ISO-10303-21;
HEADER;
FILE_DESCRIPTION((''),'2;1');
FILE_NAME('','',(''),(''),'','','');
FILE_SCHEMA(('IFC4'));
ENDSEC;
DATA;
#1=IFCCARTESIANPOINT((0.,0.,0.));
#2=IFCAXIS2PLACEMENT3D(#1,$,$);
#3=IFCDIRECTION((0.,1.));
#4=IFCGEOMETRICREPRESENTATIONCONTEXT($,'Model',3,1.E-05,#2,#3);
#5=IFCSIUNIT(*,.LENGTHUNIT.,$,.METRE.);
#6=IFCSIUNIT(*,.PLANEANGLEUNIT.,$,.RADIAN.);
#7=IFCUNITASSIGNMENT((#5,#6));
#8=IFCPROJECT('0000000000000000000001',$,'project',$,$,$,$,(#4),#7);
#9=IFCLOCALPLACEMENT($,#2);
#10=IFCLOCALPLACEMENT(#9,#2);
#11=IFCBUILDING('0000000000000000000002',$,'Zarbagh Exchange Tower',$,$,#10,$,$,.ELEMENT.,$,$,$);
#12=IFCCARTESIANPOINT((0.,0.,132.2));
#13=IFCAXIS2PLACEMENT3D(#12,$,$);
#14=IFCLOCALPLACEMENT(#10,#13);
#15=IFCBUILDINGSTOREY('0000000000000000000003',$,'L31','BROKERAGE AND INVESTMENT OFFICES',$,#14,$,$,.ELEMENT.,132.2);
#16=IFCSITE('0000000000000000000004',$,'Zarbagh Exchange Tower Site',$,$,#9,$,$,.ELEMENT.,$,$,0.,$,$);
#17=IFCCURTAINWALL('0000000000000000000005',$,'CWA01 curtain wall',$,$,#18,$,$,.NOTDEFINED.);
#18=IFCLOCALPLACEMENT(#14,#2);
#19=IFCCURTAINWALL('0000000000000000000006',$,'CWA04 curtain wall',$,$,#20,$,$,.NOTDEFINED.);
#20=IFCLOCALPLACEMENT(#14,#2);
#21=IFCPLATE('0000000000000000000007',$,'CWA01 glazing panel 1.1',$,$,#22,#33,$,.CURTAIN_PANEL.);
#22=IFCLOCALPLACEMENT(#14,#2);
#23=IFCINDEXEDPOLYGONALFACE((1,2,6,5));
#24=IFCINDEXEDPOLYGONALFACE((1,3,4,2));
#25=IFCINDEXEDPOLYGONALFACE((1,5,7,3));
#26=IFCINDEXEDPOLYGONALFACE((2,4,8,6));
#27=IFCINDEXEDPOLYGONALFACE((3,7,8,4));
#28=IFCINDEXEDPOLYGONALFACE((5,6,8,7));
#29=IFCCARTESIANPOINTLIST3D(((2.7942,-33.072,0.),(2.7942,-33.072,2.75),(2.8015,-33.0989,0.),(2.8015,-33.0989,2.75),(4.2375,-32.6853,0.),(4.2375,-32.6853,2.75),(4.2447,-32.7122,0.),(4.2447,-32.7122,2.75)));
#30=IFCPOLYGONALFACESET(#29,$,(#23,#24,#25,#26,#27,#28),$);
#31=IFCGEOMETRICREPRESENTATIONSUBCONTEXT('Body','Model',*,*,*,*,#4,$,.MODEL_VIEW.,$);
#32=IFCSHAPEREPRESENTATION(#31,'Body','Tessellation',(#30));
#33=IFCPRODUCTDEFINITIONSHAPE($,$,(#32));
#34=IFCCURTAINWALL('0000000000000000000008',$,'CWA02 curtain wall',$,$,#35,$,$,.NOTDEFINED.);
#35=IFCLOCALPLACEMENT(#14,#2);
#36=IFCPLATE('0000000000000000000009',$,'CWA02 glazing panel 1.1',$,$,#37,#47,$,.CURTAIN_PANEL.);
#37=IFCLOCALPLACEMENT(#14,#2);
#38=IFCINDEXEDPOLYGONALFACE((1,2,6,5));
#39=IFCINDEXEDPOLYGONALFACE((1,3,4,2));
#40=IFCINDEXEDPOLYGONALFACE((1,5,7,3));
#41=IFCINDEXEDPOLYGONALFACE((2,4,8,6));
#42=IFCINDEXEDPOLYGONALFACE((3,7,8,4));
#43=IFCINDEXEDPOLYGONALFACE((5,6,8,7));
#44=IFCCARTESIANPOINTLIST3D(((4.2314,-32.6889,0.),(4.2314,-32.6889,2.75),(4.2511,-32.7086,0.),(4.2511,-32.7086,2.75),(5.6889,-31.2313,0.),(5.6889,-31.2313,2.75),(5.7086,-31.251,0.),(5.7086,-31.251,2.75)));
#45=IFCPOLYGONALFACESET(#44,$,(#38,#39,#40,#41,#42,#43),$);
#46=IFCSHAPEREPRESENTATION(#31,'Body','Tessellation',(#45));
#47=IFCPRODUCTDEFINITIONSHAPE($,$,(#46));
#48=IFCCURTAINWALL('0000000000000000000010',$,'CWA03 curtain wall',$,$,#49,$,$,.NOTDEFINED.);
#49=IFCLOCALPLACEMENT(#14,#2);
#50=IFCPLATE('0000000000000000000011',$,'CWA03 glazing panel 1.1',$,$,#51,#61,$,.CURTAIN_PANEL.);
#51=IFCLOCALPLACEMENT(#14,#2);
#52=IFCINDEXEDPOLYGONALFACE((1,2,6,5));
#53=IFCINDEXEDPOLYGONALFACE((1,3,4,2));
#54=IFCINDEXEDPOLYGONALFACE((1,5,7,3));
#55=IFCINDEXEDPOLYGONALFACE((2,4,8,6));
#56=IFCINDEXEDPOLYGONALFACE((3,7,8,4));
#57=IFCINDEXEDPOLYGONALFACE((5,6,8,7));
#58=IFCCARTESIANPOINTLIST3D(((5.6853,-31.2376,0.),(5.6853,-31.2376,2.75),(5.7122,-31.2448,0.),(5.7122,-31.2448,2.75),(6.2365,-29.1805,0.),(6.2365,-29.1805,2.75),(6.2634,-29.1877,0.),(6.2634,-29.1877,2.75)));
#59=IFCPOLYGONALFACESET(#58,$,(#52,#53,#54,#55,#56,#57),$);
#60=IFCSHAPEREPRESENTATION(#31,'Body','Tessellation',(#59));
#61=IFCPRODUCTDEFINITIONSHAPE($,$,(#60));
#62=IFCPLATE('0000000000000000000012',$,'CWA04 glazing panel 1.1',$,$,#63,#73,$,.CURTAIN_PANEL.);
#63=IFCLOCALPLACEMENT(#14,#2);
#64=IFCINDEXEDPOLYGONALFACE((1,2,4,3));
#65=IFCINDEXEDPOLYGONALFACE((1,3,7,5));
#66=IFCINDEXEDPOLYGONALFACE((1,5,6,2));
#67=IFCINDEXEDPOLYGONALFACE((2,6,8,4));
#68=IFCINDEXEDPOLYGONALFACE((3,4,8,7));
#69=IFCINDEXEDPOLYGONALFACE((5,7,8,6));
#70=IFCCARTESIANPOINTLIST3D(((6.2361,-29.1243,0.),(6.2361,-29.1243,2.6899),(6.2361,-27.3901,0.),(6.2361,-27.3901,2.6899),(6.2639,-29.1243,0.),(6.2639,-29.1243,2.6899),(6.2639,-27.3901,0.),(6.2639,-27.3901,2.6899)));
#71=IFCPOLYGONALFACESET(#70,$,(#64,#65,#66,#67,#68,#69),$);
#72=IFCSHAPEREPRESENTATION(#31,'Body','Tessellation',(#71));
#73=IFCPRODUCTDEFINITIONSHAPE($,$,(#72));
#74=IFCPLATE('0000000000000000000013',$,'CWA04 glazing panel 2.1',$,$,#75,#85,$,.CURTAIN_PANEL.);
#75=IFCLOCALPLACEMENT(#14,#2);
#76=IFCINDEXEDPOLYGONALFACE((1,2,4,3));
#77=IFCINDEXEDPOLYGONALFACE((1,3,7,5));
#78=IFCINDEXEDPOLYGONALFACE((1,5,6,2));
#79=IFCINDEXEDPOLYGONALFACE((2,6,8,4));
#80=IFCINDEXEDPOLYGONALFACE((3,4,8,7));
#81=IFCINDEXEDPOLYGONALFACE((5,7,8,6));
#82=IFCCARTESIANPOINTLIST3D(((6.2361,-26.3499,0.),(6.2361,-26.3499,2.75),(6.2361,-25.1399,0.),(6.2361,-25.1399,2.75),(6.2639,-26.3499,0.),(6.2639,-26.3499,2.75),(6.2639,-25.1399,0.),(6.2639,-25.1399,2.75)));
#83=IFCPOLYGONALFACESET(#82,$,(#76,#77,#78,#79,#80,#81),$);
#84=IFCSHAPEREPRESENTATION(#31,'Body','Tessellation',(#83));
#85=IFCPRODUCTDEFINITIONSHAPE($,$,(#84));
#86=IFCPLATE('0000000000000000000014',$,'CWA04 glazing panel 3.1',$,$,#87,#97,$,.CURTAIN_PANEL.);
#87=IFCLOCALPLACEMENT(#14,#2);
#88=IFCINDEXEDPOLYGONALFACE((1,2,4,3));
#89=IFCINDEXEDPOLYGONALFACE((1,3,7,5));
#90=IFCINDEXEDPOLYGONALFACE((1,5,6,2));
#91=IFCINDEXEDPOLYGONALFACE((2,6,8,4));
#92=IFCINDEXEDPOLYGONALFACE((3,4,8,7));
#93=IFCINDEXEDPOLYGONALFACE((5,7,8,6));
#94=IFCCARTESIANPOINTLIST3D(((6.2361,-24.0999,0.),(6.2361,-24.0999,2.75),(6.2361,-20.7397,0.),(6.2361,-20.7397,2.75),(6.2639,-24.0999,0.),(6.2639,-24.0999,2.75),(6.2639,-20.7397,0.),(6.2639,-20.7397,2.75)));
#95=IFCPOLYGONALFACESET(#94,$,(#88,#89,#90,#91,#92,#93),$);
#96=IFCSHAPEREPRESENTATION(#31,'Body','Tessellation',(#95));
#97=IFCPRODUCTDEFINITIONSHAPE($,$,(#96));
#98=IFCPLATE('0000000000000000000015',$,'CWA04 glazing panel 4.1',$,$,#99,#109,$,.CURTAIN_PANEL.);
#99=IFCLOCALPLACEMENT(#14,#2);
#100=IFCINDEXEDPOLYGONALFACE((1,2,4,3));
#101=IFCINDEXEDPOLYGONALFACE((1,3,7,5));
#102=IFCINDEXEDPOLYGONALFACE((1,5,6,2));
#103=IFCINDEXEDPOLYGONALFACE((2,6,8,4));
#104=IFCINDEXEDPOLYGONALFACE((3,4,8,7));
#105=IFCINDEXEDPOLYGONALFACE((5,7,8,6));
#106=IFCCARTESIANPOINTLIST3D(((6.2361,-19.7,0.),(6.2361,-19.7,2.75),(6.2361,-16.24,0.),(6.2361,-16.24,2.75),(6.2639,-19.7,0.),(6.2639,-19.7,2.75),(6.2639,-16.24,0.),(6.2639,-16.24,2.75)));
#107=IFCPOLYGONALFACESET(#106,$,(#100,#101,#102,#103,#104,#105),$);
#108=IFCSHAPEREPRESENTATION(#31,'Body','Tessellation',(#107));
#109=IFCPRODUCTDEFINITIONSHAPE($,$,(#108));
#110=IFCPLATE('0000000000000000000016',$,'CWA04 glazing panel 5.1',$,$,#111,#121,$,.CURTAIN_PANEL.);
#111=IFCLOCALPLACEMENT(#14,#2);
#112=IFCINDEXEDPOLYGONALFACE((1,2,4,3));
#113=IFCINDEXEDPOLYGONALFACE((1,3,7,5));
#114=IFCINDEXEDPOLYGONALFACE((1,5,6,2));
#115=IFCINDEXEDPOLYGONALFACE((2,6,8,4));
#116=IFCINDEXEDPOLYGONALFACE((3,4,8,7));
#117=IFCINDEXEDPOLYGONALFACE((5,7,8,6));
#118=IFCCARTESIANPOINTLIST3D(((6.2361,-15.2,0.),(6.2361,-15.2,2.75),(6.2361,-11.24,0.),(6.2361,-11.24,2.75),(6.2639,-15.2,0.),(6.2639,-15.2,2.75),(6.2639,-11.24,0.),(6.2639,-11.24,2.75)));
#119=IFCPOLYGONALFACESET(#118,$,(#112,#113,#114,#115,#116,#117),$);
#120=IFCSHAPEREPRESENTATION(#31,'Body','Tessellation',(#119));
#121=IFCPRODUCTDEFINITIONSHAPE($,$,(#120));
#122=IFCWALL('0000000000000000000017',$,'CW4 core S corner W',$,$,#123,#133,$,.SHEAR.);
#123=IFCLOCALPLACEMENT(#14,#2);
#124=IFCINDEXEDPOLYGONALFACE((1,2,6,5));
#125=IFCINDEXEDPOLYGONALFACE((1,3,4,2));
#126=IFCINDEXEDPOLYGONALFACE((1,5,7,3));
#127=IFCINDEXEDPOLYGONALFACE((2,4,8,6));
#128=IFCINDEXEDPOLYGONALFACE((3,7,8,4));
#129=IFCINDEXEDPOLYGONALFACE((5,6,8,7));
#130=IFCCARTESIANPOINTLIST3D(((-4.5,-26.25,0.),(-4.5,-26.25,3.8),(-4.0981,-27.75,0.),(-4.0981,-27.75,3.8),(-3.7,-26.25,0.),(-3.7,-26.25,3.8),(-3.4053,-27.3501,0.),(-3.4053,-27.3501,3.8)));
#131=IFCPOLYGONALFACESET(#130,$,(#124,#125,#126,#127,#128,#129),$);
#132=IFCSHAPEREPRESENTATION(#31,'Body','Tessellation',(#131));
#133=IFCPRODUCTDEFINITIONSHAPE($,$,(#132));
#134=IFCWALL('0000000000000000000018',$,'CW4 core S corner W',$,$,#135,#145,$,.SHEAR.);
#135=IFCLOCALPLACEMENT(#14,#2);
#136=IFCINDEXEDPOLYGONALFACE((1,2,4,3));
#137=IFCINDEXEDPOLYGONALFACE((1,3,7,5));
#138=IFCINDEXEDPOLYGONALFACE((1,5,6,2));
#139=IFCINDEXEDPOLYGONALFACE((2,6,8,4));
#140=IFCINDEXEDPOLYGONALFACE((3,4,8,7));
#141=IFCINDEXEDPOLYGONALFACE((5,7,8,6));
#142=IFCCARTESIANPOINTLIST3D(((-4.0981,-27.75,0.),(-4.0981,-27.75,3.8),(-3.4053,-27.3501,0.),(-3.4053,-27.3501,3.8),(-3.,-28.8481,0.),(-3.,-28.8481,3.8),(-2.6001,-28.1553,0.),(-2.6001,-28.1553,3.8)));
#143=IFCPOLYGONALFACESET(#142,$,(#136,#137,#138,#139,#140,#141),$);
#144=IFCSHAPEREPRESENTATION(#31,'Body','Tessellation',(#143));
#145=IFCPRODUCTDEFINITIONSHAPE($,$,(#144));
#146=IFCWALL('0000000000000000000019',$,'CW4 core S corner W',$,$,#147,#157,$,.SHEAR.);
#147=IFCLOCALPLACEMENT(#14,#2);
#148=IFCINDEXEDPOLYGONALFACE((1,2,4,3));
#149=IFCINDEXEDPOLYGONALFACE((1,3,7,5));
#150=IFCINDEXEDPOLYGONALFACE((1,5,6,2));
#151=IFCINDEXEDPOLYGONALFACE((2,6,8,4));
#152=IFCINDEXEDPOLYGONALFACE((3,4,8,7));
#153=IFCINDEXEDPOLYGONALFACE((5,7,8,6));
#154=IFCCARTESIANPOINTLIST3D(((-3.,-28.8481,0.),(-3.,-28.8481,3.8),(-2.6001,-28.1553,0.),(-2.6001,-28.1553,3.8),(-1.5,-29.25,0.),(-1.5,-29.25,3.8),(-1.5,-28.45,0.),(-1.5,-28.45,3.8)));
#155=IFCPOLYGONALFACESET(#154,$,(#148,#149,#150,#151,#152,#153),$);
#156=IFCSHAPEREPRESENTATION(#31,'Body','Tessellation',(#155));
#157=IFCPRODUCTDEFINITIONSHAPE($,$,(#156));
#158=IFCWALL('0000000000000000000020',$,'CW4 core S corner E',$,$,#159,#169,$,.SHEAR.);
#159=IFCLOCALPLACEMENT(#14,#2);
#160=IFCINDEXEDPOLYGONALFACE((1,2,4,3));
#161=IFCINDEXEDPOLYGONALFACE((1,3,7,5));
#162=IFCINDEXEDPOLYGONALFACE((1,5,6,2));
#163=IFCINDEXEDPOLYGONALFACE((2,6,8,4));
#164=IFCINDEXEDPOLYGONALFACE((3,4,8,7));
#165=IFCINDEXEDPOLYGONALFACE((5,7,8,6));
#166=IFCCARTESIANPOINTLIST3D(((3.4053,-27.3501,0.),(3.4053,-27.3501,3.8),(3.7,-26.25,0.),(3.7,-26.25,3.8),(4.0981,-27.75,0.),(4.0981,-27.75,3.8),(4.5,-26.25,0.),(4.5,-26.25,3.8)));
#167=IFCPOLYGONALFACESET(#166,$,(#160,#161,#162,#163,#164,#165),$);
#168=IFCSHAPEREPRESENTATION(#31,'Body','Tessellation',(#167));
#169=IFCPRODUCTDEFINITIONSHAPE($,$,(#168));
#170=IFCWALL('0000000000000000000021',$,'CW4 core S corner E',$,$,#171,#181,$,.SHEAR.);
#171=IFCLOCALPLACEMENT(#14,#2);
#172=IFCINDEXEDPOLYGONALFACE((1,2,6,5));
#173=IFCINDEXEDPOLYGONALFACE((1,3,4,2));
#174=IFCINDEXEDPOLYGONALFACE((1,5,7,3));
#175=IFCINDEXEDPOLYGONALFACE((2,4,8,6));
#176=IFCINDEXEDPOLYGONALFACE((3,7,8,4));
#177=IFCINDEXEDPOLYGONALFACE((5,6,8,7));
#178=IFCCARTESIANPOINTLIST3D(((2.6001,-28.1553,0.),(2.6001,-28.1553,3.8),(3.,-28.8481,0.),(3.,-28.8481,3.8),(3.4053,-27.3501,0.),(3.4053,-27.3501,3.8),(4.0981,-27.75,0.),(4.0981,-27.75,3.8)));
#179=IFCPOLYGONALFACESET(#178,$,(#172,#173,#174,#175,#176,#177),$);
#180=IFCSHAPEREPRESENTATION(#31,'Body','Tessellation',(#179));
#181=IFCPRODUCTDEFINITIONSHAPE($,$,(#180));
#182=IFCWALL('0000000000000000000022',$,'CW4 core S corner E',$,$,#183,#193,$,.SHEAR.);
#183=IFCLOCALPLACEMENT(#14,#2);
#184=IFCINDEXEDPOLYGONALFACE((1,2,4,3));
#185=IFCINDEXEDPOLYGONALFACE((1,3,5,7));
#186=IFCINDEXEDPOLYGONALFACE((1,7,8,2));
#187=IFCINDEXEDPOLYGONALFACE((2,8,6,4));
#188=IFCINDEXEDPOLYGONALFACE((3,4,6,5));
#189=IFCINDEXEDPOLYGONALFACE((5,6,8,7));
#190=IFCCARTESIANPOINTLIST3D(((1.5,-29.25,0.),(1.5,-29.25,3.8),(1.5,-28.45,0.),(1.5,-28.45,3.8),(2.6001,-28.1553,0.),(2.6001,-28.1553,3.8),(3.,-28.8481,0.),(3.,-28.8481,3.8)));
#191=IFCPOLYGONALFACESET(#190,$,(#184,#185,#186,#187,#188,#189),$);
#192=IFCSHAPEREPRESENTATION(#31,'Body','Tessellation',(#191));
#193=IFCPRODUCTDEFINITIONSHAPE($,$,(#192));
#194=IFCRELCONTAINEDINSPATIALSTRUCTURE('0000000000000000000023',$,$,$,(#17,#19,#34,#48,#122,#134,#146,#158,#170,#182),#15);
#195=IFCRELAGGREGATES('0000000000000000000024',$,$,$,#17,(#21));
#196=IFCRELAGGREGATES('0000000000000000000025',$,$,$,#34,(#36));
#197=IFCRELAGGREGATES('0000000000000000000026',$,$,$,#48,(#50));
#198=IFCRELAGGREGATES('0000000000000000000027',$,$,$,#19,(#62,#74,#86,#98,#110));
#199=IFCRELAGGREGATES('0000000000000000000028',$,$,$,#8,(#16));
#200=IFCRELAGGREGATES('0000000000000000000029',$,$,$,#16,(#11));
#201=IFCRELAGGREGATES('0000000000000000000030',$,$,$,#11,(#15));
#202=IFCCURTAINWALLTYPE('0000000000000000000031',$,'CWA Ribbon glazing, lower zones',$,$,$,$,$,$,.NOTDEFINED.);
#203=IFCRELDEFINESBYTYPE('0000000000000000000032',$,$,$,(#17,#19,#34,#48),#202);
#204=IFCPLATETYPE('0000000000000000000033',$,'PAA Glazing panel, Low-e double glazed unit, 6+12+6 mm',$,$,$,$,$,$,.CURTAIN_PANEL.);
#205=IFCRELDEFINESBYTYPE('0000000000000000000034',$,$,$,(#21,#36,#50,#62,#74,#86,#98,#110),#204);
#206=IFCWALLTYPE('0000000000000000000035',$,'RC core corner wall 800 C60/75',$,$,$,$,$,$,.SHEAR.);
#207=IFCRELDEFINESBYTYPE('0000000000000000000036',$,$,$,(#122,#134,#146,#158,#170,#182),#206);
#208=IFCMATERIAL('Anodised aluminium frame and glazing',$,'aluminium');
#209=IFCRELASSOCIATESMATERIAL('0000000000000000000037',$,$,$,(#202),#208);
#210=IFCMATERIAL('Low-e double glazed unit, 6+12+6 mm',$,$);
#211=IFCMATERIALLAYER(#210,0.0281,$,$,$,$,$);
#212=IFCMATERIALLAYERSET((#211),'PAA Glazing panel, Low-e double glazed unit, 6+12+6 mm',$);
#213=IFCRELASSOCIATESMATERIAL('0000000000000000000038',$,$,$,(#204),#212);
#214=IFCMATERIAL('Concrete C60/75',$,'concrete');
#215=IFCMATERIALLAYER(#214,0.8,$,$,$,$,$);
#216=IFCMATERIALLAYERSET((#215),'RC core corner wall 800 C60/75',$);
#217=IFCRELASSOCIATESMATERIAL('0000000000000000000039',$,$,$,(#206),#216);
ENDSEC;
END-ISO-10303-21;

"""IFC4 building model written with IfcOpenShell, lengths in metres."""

from ifc_helpers import new_model, si_unit, direction, frame, origin, place, context, subcontext, project, spatial, polyline, outline, extrude, source, transform, mapped, material, layer, layer_set, type_object, element, aggregate, save


model = new_model("IFC4")

# Units and contexts
model_context = context("Model", 3, precision=1e-05, world=origin(), true_north=direction((0.0, 1.0)))
body_context = subcontext(model_context, "Body", "Model", "MODEL_VIEW")
ifc_project = project(units=[si_unit("LENGTHUNIT", "METRE"), si_unit("PLANEANGLEUNIT", "RADIAN")], contexts=[model_context])

# Site, building, storey
site_placement = place(None, origin())
site = spatial("IfcSite", under=ifc_project, at=site_placement, Name="Zarbagh Exchange Tower Site", CompositionType="ELEMENT", RefElevation=0.0)
building_placement = place(site_placement, origin())
building = spatial("IfcBuilding", under=site, at=building_placement, Name="Zarbagh Exchange Tower", CompositionType="ELEMENT")
storey_placement = place(building_placement, frame((0.0, 0.0, 132.2)))
storey = spatial("IfcBuildingStorey", under=building, at=storey_placement, Name="L31", Description="BROKERAGE AND INVESTMENT OFFICES", CompositionType="ELEMENT", Elevation=132.2)

# Curtain wall
ifc_material_1 = material(Name="Anodised aluminium frame and glazing", Category="aluminium")
curtain_wall_type = type_object("IfcCurtainWallType", Name="CWA Ribbon glazing, lower zones", PredefinedType="NOTDEFINED", material=ifc_material_1)
curtain_wall_1_placement = place(storey_placement, origin())
curtain_wall_1 = element("IfcCurtainWall", 1, at=curtain_wall_1_placement, inside=storey, type_object=curtain_wall_type, Name="CWA01 curtain wall", PredefinedType="NOTDEFINED")
placement = place(storey_placement, origin())

# Curtain wall
curtain_wall_2_placement = place(storey_placement, origin())
curtain_wall_2 = element("IfcCurtainWall", 2, at=curtain_wall_2_placement, inside=storey, type_object=curtain_wall_type, Name="CWA04 curtain wall", PredefinedType="NOTDEFINED")

# Plate
ifc_material_2 = material(Name="Low-e double glazed unit, 6+12+6 mm")
ifc_layer_1 = layer(ifc_material_2, 0.0281)
ifc_layer_set_1 = layer_set([ifc_layer_1], Name="PAA Glazing panel, Low-e double glazed unit, 6+12+6 mm")
plate_type = type_object("IfcPlateType", Name="PAA Glazing panel, Low-e double glazed unit, 6+12+6 mm", PredefinedType="CURTAIN_PANEL", material=ifc_layer_set_1)
shared_shape_1 = source(origin(), body_context, "Body", "SweptSolid", [
    extrude(outline(polyline([(0.0, -0.0139), (1.4941, -0.0139), (1.4941, 0.0139), (0.0, 0.0139), (0.0, -0.0139)])), origin(), (0.0, 0.0, 1.0), 2.75),
])
plate_1 = element("IfcPlate", 3, at=placement, type_object=plate_type, Name="CWA01 glazing panel 1.1", PredefinedType="CURTAIN_PANEL", context=body_context, shape_type="MappedRepresentation", body=[
    mapped(shared_shape_1, transform((2.7979, -33.0854, 0.0), x_axis=(0.965924, 0.258825, 0.0), y_axis=(-0.258825, 0.965924, 0.0), z_axis=(0.0, 0.0, 1.0))),
])
aggregate(curtain_wall_1, [plate_1])

# Curtain walls, plates
curtain_wall_3_placement = place(storey_placement, origin())
curtain_wall_3 = element("IfcCurtainWall", 4, at=curtain_wall_3_placement, inside=storey, type_object=curtain_wall_type, Name="CWA02 curtain wall", PredefinedType="NOTDEFINED")
shared_shape_2 = source(origin(), body_context, "Body", "SweptSolid", [
    extrude(outline(polyline([(0.0, -0.0139), (2.0613, -0.0139), (2.0613, 0.0139), (0.0, 0.0139), (0.0, -0.0139)])), origin(), (0.0, 0.0, 1.0), 2.75),
])
plate_2 = element("IfcPlate", 5, at=placement, type_object=plate_type, Name="CWA02 glazing panel 1.1", PredefinedType="CURTAIN_PANEL", context=body_context, shape_type="MappedRepresentation", body=[
    mapped(shared_shape_2, transform((4.2412, -32.6987, 0.0), x_axis=(0.707107, 0.707107, 0.0), y_axis=(-0.707107, 0.707107, 0.0), z_axis=(0.0, 0.0, 1.0))),
])
aggregate(curtain_wall_3, [plate_2])
curtain_wall_4_placement = place(storey_placement, origin())
curtain_wall_4 = element("IfcCurtainWall", 6, at=curtain_wall_4_placement, inside=storey, type_object=curtain_wall_type, Name="CWA03 curtain wall", PredefinedType="NOTDEFINED")
shared_shape_3 = source(origin(), body_context, "Body", "SweptSolid", [
    extrude(outline(polyline([(0.0, -0.0139), (2.1296, -0.0139), (2.1296, 0.0139), (0.0, 0.0139), (0.0, -0.0139)])), origin(), (0.0, 0.0, 1.0), 2.75),
])
plate_3 = element("IfcPlate", 7, at=placement, type_object=plate_type, Name="CWA03 glazing panel 1.1", PredefinedType="CURTAIN_PANEL", context=body_context, shape_type="MappedRepresentation", body=[
    mapped(shared_shape_3, transform((5.6987, -31.2412, 0.0), x_axis=(0.258825, 0.965924, 0.0), y_axis=(-0.965924, 0.258825, 0.0), z_axis=(0.0, 0.0, 1.0))),
])
aggregate(curtain_wall_4, [plate_3])

# Plates
shared_shape_4 = source(origin(), body_context, "Body", "SweptSolid", [
    extrude(outline(polyline([(0.0, -0.0139), (1.7341, -0.0139), (1.7341, 0.0139), (0.0, 0.0139), (0.0, -0.0139)])), origin(), (0.0, 0.0, 1.0), 2.6899),
])
plate_4 = element("IfcPlate", 8, at=placement, type_object=plate_type, Name="CWA04 glazing panel 1.1", PredefinedType="CURTAIN_PANEL", context=body_context, shape_type="MappedRepresentation", body=[
    mapped(shared_shape_4, transform((6.25, -29.1243, 0.0), x_axis=(0.0, 1.0, 0.0), y_axis=(-1.0, 0.0, 0.0), z_axis=(0.0, 0.0, 1.0))),
])
shared_shape_5 = source(origin(), body_context, "Body", "SweptSolid", [
    extrude(outline(polyline([(0.0, -0.0139), (1.21, -0.0139), (1.21, 0.0139), (0.0, 0.0139), (0.0, -0.0139)])), origin(), (0.0, 0.0, 1.0), 2.75),
])
plate_5 = element("IfcPlate", 9, at=placement, type_object=plate_type, Name="CWA04 glazing panel 2.1", PredefinedType="CURTAIN_PANEL", context=body_context, shape_type="MappedRepresentation", body=[
    mapped(shared_shape_5, transform((6.25, -26.3499, 0.0), x_axis=(0.0, 1.0, 0.0), y_axis=(-1.0, 0.0, 0.0), z_axis=(0.0, 0.0, 1.0))),
])
shared_shape_6 = source(origin(), body_context, "Body", "SweptSolid", [
    extrude(outline(polyline([(0.0, -0.0139), (3.3601, -0.0139), (3.3601, 0.0139), (0.0, 0.0139), (0.0, -0.0139)])), origin(), (0.0, 0.0, 1.0), 2.75),
])
plate_6 = element("IfcPlate", 10, at=placement, type_object=plate_type, Name="CWA04 glazing panel 3.1", PredefinedType="CURTAIN_PANEL", context=body_context, shape_type="MappedRepresentation", body=[
    mapped(shared_shape_6, transform((6.25, -24.0999, 0.0), x_axis=(0.0, 1.0, 0.0), y_axis=(-1.0, 0.0, 0.0), z_axis=(0.0, 0.0, 1.0))),
])
shared_shape_7 = source(origin(), body_context, "Body", "SweptSolid", [
    extrude(outline(polyline([(0.0, -0.0139), (3.46, -0.0139), (3.46, 0.0139), (0.0, 0.0139), (0.0, -0.0139)])), origin(), (0.0, 0.0, 1.0), 2.75),
])
plate_7 = element("IfcPlate", 11, at=placement, type_object=plate_type, Name="CWA04 glazing panel 4.1", PredefinedType="CURTAIN_PANEL", context=body_context, shape_type="MappedRepresentation", body=[
    mapped(shared_shape_7, transform((6.25, -19.7, 0.0), x_axis=(0.0, 1.0, 0.0), y_axis=(-1.0, 0.0, 0.0), z_axis=(0.0, 0.0, 1.0))),
])
shared_shape_8 = source(origin(), body_context, "Body", "SweptSolid", [
    extrude(outline(polyline([(0.0, -0.0139), (3.96, -0.0139), (3.96, 0.0139), (0.0, 0.0139), (0.0, -0.0139)])), origin(), (0.0, 0.0, 1.0), 2.75),
])
plate_8 = element("IfcPlate", 12, at=placement, type_object=plate_type, Name="CWA04 glazing panel 5.1", PredefinedType="CURTAIN_PANEL", context=body_context, shape_type="MappedRepresentation", body=[
    mapped(shared_shape_8, transform((6.25, -15.2, 0.0), x_axis=(0.0, 1.0, 0.0), y_axis=(-1.0, 0.0, 0.0), z_axis=(0.0, 0.0, 1.0))),
])
aggregate(curtain_wall_2, [plate_4, plate_5, plate_6, plate_7, plate_8])

# Walls
ifc_material_3 = material(Name="Concrete C60/75", Category="concrete")
ifc_layer_2 = layer(ifc_material_3, 0.8)
ifc_layer_set_2 = layer_set([ifc_layer_2], Name="RC core corner wall 800 C60/75")
wall_type = type_object("IfcWallType", Name="RC core corner wall 800 C60/75", PredefinedType="SHEAR", material=ifc_layer_set_2)
wall_1_placement = place(storey_placement, origin())
element("IfcWall", 13, at=wall_1_placement, inside=storey, type_object=wall_type, Name="CW4 core S corner W", PredefinedType="SHEAR", context=body_context, shape_type="SweptSolid", body=[
    extrude(outline(polyline([(-4.5, -26.25), (-4.0981, -27.75), (-3.4053, -27.3501), (-3.7, -26.25), (-4.5, -26.25)])), origin(), (0.0, 0.0, 1.0), 3.8),
])
wall_2_placement = place(storey_placement, origin())
element("IfcWall", 14, at=wall_2_placement, inside=storey, type_object=wall_type, Name="CW4 core S corner W", PredefinedType="SHEAR", context=body_context, shape_type="SweptSolid", body=[
    extrude(outline(polyline([(-4.0981, -27.75), (-3.0, -28.8481), (-2.6001, -28.1553), (-3.4053, -27.3501), (-4.0981, -27.75)])), origin(), (0.0, 0.0, 1.0), 3.8),
])
wall_3_placement = place(storey_placement, origin())
element("IfcWall", 15, at=wall_3_placement, inside=storey, type_object=wall_type, Name="CW4 core S corner W", PredefinedType="SHEAR", context=body_context, shape_type="SweptSolid", body=[
    extrude(outline(polyline([(-3.0, -28.8481), (-1.5, -29.25), (-1.5, -28.45), (-2.6001, -28.1553), (-3.0, -28.8481)])), origin(), (0.0, 0.0, 1.0), 3.8),
])
wall_4_placement = place(storey_placement, origin())
element("IfcWall", 16, at=wall_4_placement, inside=storey, type_object=wall_type, Name="CW4 core S corner E", PredefinedType="SHEAR", context=body_context, shape_type="SweptSolid", body=[
    extrude(outline(polyline([(4.5, -26.25), (4.0981, -27.75), (3.4053, -27.3501), (3.7, -26.25), (4.5, -26.25)])), origin(), (0.0, 0.0, 1.0), 3.8),
])
wall_5_placement = place(storey_placement, origin())
element("IfcWall", 17, at=wall_5_placement, inside=storey, type_object=wall_type, Name="CW4 core S corner E", PredefinedType="SHEAR", context=body_context, shape_type="SweptSolid", body=[
    extrude(outline(polyline([(4.0981, -27.75), (3.0, -28.8481), (2.6001, -28.1553), (3.4053, -27.3501), (4.0981, -27.75)])), origin(), (0.0, 0.0, 1.0), 3.8),
])
wall_6_placement = place(storey_placement, origin())
element("IfcWall", 18, at=wall_6_placement, inside=storey, type_object=wall_type, Name="CW4 core S corner E", PredefinedType="SHEAR", context=body_context, shape_type="SweptSolid", body=[
    extrude(outline(polyline([(3.0, -28.8481), (1.5, -29.25), (1.5, -28.45), (2.6001, -28.1553), (3.0, -28.8481)])), origin(), (0.0, 0.0, 1.0), 3.8),
])

save(model, "model.ifc")
